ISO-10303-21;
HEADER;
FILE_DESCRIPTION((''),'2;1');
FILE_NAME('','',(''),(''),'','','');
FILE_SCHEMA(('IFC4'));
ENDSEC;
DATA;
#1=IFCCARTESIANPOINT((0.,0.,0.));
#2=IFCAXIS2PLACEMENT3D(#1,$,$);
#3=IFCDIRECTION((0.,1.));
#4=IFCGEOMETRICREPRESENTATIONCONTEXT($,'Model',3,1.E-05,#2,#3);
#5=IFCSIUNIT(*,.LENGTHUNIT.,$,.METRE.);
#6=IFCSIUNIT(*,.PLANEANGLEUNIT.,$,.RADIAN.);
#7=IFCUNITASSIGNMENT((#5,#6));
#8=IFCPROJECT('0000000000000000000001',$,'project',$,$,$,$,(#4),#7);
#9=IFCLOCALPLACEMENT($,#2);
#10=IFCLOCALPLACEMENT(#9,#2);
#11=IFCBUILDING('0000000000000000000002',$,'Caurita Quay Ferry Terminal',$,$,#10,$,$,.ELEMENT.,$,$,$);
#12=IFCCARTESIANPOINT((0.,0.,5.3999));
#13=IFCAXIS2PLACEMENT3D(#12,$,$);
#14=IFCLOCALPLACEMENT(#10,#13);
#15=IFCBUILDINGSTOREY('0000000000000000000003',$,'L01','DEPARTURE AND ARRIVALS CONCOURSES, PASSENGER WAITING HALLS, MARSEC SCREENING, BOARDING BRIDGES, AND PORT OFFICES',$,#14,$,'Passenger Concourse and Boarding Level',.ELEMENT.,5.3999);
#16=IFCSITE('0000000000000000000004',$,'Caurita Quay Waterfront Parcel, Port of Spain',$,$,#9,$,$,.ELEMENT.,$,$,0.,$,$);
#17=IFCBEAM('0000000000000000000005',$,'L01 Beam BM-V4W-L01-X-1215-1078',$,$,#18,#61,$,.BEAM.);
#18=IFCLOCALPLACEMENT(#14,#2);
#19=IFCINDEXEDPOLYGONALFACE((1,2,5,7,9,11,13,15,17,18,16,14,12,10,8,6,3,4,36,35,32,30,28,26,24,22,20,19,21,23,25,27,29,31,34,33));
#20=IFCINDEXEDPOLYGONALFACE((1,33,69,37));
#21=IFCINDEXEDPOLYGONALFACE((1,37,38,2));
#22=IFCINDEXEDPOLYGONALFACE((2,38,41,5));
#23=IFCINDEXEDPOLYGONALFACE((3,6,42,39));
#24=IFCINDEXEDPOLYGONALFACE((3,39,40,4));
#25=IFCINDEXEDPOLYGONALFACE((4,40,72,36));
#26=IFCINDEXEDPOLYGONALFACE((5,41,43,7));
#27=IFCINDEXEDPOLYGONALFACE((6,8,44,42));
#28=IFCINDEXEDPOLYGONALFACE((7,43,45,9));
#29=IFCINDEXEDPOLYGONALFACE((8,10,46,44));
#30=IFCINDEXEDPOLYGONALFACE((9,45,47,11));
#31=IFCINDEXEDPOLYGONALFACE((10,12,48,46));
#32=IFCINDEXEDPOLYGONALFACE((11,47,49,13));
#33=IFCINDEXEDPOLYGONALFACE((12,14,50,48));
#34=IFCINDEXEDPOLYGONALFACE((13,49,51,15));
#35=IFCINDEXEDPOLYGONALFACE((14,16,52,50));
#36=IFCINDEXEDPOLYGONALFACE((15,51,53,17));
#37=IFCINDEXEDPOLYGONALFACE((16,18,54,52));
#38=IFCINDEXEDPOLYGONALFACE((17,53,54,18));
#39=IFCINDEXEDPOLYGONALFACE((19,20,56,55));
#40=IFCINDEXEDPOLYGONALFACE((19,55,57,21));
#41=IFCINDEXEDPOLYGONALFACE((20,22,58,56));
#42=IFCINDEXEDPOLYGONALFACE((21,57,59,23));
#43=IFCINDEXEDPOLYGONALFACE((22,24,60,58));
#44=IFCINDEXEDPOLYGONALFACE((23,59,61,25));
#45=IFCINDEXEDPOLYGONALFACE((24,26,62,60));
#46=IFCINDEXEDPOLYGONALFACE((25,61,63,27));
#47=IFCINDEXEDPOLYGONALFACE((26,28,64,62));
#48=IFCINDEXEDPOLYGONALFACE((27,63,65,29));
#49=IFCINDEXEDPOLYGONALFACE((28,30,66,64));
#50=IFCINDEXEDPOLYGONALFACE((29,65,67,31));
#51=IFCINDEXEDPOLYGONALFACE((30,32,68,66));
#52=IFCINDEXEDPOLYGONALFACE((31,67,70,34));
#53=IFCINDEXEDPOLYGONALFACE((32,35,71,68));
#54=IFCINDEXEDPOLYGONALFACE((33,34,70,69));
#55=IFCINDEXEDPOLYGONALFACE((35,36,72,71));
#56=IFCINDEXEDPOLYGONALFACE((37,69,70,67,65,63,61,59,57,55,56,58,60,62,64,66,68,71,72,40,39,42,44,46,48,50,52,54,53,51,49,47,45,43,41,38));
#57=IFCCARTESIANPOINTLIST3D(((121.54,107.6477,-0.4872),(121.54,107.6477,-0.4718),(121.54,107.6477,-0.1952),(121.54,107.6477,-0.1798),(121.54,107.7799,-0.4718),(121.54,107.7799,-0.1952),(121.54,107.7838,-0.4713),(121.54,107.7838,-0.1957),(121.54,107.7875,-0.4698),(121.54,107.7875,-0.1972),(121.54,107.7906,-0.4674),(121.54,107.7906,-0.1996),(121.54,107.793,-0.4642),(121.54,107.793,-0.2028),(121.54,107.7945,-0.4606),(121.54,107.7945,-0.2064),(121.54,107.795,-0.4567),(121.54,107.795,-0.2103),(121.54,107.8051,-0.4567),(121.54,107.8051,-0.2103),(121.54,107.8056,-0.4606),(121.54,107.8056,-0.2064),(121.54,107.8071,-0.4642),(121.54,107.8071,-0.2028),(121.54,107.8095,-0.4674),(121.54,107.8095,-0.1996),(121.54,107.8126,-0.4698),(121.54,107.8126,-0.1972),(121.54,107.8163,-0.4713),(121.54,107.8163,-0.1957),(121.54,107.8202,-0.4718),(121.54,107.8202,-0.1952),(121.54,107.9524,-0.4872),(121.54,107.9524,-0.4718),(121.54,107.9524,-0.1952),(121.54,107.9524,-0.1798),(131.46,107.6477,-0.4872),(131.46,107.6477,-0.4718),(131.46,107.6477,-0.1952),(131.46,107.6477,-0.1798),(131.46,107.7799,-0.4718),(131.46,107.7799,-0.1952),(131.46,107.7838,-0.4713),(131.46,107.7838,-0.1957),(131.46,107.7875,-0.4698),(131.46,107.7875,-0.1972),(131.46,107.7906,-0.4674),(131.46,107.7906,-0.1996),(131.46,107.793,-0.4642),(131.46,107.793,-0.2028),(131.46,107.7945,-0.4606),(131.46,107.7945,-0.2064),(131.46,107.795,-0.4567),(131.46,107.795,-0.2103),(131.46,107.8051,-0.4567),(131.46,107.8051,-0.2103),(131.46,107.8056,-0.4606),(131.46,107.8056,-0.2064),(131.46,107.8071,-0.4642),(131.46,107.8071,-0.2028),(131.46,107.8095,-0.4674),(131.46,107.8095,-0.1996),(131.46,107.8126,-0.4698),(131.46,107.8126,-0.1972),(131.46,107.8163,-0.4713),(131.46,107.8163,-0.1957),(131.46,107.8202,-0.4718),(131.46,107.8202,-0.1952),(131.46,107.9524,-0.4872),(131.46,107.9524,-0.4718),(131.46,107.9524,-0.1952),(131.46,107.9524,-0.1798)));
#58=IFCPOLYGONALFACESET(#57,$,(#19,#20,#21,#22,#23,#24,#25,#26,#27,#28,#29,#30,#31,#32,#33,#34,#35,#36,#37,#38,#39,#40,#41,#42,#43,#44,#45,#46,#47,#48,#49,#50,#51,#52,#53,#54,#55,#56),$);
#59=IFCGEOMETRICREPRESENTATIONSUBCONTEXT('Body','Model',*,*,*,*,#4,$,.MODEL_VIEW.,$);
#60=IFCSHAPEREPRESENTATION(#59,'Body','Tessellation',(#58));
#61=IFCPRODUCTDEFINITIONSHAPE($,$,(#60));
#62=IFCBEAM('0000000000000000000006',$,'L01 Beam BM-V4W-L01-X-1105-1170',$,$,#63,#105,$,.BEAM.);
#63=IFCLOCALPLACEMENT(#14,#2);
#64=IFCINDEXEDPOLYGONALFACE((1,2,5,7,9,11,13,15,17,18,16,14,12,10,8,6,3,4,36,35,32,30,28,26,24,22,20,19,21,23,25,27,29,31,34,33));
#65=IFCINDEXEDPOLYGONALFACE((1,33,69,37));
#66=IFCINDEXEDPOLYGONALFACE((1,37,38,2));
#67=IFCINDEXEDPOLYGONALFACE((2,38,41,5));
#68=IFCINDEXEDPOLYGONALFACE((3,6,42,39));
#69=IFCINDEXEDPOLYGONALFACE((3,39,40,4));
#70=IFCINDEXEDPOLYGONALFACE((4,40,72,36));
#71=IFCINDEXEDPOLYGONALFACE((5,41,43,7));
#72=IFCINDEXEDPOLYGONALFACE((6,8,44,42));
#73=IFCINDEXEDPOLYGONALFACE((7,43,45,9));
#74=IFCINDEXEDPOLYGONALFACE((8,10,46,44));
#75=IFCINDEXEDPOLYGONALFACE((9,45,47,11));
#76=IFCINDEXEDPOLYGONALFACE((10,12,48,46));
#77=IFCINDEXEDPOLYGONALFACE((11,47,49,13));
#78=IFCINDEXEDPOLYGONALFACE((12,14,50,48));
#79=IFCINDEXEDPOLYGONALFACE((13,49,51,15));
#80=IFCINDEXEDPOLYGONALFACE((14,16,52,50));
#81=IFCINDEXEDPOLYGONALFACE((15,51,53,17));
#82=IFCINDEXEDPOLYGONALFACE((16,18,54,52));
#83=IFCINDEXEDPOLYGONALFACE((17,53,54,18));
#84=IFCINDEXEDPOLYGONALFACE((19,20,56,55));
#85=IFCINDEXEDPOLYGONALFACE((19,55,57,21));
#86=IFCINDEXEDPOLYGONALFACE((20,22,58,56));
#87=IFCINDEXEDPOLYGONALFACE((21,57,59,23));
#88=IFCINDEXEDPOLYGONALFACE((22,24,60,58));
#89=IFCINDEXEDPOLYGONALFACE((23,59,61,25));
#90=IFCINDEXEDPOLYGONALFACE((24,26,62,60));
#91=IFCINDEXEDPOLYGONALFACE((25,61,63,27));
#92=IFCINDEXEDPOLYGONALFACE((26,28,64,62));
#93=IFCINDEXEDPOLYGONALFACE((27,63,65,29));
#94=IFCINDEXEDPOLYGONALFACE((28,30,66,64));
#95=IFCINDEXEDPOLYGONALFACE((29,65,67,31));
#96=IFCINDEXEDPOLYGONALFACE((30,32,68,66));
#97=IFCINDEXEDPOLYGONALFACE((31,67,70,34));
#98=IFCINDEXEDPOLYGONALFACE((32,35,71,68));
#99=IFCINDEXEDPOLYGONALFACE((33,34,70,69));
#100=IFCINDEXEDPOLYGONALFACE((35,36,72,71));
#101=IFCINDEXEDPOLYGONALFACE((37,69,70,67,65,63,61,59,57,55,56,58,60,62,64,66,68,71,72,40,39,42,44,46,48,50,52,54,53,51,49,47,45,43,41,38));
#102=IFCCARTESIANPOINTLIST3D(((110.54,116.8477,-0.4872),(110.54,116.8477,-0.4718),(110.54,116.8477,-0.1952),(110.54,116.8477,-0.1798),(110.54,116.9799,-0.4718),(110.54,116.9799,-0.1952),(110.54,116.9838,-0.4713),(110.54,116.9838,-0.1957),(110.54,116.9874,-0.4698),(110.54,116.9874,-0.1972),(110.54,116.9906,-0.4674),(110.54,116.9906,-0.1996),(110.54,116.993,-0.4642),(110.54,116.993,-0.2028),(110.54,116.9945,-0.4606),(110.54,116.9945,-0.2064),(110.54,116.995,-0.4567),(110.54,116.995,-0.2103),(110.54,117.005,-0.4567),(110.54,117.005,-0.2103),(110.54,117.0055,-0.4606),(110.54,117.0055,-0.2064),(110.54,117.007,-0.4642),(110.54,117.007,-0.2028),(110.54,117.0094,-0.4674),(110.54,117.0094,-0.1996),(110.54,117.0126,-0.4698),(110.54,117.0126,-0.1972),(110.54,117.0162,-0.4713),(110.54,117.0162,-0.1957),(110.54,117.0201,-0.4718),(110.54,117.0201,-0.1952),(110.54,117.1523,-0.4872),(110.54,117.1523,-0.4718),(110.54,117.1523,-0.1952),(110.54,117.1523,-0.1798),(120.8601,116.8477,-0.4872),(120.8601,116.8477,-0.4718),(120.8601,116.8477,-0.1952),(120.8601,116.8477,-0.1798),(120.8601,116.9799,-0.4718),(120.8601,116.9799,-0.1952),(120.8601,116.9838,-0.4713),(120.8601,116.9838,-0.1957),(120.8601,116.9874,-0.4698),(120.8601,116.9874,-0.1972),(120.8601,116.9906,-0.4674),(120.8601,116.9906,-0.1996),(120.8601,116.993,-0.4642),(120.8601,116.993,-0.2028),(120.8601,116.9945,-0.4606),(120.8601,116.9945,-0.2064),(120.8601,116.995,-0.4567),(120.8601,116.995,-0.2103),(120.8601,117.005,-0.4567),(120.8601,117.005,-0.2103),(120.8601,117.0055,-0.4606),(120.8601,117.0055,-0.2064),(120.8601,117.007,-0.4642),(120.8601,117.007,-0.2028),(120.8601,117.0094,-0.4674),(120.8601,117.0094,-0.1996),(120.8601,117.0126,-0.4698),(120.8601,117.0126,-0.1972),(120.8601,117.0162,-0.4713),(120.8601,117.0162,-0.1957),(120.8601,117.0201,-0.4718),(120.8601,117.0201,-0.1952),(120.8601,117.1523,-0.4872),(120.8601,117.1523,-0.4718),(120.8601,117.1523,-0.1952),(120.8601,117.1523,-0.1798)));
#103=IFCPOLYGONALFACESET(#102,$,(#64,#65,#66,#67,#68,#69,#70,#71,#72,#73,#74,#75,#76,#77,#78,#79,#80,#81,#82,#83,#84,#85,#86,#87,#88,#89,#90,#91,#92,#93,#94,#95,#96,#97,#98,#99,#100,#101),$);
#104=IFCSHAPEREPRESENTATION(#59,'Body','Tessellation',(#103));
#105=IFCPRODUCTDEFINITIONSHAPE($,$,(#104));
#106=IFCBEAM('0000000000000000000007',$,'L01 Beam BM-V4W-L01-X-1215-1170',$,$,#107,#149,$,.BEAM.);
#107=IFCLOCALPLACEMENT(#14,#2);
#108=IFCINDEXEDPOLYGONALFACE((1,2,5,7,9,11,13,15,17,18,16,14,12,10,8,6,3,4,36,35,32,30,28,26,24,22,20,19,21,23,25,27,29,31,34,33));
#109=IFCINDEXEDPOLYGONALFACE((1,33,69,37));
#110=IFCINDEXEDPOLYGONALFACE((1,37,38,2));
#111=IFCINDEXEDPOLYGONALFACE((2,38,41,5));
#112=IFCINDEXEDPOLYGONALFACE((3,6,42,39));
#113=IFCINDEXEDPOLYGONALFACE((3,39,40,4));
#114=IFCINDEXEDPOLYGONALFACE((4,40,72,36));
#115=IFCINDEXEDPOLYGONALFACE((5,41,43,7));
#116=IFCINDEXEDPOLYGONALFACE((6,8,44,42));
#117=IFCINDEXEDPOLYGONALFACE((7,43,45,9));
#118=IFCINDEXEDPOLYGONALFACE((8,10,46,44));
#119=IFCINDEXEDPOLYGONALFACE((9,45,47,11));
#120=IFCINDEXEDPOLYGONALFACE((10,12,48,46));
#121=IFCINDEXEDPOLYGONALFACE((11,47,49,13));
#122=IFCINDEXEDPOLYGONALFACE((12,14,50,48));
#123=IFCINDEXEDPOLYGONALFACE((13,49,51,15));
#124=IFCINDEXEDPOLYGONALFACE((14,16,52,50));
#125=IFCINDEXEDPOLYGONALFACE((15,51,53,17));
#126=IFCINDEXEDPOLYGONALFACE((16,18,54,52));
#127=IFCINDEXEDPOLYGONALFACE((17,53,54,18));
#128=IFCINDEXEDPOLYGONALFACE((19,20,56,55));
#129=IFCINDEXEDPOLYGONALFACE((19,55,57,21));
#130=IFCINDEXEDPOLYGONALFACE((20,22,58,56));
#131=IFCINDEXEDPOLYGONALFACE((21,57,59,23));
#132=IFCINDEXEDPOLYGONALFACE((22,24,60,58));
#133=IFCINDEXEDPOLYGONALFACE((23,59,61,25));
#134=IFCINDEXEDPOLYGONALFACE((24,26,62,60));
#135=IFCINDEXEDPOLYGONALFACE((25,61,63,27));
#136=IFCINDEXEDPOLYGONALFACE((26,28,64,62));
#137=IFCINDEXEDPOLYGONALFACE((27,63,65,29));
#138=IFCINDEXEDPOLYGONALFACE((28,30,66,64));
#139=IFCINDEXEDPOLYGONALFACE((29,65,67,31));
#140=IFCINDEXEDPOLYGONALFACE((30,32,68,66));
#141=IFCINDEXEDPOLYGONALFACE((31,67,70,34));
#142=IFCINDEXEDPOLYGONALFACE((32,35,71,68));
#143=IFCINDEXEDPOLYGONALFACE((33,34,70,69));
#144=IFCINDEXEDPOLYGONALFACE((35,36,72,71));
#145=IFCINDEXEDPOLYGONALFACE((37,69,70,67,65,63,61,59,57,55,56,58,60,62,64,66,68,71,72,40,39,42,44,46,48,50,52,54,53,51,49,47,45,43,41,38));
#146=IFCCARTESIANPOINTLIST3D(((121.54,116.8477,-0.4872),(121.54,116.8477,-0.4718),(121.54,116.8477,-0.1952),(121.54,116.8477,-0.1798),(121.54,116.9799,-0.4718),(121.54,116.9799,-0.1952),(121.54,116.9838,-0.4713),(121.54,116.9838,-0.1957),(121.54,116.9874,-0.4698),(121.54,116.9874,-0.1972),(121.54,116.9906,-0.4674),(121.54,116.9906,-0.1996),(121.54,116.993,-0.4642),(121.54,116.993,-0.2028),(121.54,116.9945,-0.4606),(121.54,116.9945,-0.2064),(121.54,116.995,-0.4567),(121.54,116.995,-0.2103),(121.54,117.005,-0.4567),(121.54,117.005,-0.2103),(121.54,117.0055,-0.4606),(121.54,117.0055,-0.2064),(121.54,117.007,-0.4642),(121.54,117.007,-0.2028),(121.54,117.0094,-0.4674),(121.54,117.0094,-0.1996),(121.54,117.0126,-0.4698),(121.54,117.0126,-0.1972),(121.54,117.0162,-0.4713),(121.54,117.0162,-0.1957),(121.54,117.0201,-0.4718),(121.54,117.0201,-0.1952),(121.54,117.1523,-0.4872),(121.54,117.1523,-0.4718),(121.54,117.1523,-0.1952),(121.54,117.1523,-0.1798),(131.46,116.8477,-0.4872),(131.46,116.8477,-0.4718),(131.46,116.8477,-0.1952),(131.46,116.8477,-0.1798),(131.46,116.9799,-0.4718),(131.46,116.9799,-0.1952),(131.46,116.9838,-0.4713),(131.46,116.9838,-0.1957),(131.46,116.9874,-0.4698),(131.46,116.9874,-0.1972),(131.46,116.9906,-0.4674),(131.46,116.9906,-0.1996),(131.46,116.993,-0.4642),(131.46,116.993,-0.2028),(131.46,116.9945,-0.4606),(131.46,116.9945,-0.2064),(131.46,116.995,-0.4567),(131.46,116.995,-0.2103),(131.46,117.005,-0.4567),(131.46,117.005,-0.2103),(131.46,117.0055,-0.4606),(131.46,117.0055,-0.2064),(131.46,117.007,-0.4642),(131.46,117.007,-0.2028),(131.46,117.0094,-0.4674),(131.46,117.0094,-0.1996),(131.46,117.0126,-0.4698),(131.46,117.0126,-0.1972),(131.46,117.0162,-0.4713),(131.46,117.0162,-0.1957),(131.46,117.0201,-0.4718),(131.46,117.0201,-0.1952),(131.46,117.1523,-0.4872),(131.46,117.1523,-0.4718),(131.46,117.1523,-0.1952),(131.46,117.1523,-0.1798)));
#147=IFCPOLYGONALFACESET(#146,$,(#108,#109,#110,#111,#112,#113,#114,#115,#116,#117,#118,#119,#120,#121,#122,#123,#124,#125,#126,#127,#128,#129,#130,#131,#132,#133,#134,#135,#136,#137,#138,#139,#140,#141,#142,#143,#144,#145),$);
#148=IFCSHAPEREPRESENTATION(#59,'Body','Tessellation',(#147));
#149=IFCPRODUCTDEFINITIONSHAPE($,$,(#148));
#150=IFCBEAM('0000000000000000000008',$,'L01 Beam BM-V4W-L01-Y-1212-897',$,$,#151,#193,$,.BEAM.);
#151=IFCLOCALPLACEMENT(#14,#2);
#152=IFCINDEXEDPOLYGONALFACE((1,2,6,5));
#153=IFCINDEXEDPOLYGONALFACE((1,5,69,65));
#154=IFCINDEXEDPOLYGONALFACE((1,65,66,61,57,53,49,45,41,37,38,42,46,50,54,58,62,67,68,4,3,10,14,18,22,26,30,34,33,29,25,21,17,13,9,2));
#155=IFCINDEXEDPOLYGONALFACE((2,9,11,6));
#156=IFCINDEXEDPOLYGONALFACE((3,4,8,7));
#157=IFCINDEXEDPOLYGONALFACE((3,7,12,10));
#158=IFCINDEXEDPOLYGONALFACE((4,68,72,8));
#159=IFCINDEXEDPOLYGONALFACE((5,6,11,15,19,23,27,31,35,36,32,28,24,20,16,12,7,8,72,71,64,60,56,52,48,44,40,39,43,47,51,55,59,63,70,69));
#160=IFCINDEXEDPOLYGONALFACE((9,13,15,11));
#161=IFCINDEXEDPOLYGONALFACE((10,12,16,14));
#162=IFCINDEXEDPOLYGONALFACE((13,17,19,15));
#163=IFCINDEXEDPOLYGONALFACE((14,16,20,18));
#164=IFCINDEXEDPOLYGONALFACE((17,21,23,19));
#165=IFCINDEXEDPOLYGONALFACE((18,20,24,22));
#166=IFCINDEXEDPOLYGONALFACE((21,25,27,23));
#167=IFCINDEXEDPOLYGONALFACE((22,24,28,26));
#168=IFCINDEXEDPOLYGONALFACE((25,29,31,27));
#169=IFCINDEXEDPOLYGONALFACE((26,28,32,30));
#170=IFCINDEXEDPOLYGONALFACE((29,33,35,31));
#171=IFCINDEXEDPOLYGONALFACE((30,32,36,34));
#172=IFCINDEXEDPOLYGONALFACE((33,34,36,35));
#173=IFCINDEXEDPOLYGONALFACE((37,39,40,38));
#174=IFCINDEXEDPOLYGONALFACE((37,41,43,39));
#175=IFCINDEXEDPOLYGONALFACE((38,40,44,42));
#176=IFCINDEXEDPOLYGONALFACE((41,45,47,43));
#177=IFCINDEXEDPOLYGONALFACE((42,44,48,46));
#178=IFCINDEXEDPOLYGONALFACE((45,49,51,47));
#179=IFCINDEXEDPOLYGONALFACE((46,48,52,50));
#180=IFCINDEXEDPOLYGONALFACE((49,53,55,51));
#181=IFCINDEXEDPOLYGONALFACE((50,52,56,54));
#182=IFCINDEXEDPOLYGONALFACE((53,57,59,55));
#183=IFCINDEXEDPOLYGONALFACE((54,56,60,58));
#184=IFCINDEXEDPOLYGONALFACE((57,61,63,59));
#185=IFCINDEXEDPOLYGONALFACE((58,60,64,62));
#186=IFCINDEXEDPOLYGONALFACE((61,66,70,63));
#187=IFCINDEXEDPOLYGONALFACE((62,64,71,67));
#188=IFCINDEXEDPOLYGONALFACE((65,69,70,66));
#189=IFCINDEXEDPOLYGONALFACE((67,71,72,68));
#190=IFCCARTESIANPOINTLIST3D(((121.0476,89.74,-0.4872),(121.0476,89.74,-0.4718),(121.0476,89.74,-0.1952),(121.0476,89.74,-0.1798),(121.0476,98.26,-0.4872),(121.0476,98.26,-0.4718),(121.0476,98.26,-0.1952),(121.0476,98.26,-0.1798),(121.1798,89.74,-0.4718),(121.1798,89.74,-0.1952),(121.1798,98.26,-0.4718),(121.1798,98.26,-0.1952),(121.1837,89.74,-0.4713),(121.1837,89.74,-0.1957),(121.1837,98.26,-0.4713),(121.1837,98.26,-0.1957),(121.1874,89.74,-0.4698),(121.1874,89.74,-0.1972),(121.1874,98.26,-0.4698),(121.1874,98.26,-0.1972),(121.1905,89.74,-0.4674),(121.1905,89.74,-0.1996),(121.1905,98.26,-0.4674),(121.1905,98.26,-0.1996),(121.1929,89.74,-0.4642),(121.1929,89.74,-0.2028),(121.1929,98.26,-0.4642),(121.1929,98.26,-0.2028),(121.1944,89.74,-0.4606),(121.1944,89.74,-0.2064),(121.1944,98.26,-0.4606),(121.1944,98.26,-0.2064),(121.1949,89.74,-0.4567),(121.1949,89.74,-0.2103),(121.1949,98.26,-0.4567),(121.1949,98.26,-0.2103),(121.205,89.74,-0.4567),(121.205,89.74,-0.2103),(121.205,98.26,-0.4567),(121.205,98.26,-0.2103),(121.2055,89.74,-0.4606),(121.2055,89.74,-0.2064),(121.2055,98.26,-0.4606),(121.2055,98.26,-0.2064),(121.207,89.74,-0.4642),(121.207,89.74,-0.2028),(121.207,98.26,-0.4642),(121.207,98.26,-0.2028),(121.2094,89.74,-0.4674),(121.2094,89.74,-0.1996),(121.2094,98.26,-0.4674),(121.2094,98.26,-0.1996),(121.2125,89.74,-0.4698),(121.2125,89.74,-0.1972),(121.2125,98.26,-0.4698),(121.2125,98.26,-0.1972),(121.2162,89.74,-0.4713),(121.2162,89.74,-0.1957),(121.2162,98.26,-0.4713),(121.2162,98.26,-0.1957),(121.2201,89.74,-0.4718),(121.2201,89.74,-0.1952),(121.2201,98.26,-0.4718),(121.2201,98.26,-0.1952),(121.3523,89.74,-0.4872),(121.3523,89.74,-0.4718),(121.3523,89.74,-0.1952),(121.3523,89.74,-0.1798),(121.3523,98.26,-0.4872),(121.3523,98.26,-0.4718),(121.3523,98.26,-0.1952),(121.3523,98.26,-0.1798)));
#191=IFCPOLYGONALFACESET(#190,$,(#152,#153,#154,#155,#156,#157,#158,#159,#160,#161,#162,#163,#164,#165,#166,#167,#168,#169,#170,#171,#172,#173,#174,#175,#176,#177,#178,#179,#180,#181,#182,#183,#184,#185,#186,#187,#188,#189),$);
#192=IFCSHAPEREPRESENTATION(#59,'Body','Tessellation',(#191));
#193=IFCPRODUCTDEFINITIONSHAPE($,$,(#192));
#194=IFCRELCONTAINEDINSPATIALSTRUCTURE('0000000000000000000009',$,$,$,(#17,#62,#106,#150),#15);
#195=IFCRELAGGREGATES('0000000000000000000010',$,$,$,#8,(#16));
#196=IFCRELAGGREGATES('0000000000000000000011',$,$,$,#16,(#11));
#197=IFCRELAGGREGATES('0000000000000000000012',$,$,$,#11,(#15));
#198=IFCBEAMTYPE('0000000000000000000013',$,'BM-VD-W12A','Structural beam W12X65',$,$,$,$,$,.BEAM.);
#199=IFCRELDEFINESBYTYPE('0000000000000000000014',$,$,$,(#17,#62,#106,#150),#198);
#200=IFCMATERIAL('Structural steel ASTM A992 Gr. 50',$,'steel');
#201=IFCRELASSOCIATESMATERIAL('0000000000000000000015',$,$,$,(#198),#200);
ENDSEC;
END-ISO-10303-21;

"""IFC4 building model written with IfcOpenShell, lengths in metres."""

from ifc_helpers import new_model, si_unit, direction, frame, origin, origin_2d, place, context, subcontext, project, spatial, i_section, extrude, material, material_profile, profile_set, type_object, element, save


model = new_model("IFC4")

# Units and contexts
model_context = context("Model", 3, precision=1e-05, world=origin(), true_north=direction((0.0, 1.0)))
body_context = subcontext(model_context, "Body", "Model", "MODEL_VIEW")
ifc_project = project(units=[si_unit("LENGTHUNIT", "METRE"), si_unit("PLANEANGLEUNIT", "RADIAN")], contexts=[model_context])

# Site, building, storey
site_placement = place(None, origin())
site = spatial("IfcSite", under=ifc_project, at=site_placement, Name="Caurita Quay Waterfront Parcel, Port of Spain", CompositionType="ELEMENT", RefElevation=0.0)
building_placement = place(site_placement, origin())
building = spatial("IfcBuilding", under=site, at=building_placement, Name="Caurita Quay Ferry Terminal", CompositionType="ELEMENT")
storey_placement = place(building_placement, frame((0.0, 0.0, 5.3999)))
storey = spatial("IfcBuildingStorey", under=building, at=storey_placement, Name="L01", Description="DEPARTURE AND ARRIVALS CONCOURSES, PASSENGER WAITING HALLS, MARSEC SCREENING, BOARDING BRIDGES, AND PORT OFFICES", LongName="Passenger Concourse and Boarding Level", CompositionType="ELEMENT", Elevation=5.3999)

# Beams
ifc_material_1 = material(Name="Structural steel ASTM A992 Gr. 50", Category="steel")
ifc_material_profile_1 = material_profile(ifc_material_1, i_section(OverallWidth=0.3047, OverallDepth=0.3074, WebThickness=0.01, FlangeThickness=0.0154, FilletRadius=0.0151, at=origin_2d()), Name="W12X65")
ifc_profile_set_1 = profile_set([ifc_material_profile_1], Name="Structural steel ASTM A992 Gr. 50")
beam_type_1 = type_object("IfcBeamType", Name="BM-VD-W12A", Description="Structural beam W12X65", PredefinedType="BEAM", material=ifc_profile_set_1)
beam_1_placement = place(storey_placement, frame((121.54, 107.8, -0.3335), z_axis=(1.0, 0.0, 0.0), x_axis=(0.0, 1.0, 0.0)))
element("IfcBeam", 1, at=beam_1_placement, inside=storey, type_object=beam_type_1, Name="L01 Beam BM-V4W-L01-X-1215-1078", PredefinedType="BEAM", context=body_context, shape_type="SweptSolid", body=[
    extrude(i_section(OverallWidth=0.3047, OverallDepth=0.3074, WebThickness=0.01, FlangeThickness=0.0154, FilletRadius=0.0151, at=origin_2d()), origin(), (0.0, 0.0, 1.0), 9.9199),
])
beam_2_placement = place(storey_placement, frame((110.54, 117.0, -0.3335), z_axis=(1.0, 0.0, 0.0), x_axis=(0.0, 1.0, 0.0)))
element("IfcBeam", 2, at=beam_2_placement, inside=storey, type_object=beam_type_1, Name="L01 Beam BM-V4W-L01-X-1105-1170", PredefinedType="BEAM", context=body_context, shape_type="SweptSolid", body=[
    extrude(i_section(OverallWidth=0.3047, OverallDepth=0.3074, WebThickness=0.01, FlangeThickness=0.0154, FilletRadius=0.0151, at=origin_2d()), origin(), (0.0, 0.0, 1.0), 10.3201),
])
beam_3_placement = place(storey_placement, frame((121.54, 117.0, -0.3335), z_axis=(1.0, 0.0, 0.0), x_axis=(0.0, 1.0, 0.0)))
element("IfcBeam", 3, at=beam_3_placement, inside=storey, type_object=beam_type_1, Name="L01 Beam BM-V4W-L01-X-1215-1170", PredefinedType="BEAM", context=body_context, shape_type="SweptSolid", body=[
    extrude(i_section(OverallWidth=0.3047, OverallDepth=0.3074, WebThickness=0.01, FlangeThickness=0.0154, FilletRadius=0.0151, at=origin_2d()), origin(), (0.0, 0.0, 1.0), 9.9199),
])
for number, where, z_axis, x_axis, name in (
    (4, (121.2, 89.74, -0.3335), (0.0, 1.0, 0.0), (-1.0, 0.0, 0.0), "L01 Beam BM-V4W-L01-Y-1212-897"),
):
    element("IfcBeam", number, at=place(storey_placement, frame(where, z_axis=z_axis, x_axis=x_axis)), inside=storey, type_object=beam_type_1, Name=name, PredefinedType="BEAM", context=body_context, shape_type="SweptSolid", body=[
        extrude(i_section(OverallWidth=0.3047, OverallDepth=0.3074, WebThickness=0.01, FlangeThickness=0.0154, FilletRadius=0.0151, at=origin_2d()), origin(), (0.0, 0.0, 1.0), 8.52),
    ])

save(model, "model.ifc")
